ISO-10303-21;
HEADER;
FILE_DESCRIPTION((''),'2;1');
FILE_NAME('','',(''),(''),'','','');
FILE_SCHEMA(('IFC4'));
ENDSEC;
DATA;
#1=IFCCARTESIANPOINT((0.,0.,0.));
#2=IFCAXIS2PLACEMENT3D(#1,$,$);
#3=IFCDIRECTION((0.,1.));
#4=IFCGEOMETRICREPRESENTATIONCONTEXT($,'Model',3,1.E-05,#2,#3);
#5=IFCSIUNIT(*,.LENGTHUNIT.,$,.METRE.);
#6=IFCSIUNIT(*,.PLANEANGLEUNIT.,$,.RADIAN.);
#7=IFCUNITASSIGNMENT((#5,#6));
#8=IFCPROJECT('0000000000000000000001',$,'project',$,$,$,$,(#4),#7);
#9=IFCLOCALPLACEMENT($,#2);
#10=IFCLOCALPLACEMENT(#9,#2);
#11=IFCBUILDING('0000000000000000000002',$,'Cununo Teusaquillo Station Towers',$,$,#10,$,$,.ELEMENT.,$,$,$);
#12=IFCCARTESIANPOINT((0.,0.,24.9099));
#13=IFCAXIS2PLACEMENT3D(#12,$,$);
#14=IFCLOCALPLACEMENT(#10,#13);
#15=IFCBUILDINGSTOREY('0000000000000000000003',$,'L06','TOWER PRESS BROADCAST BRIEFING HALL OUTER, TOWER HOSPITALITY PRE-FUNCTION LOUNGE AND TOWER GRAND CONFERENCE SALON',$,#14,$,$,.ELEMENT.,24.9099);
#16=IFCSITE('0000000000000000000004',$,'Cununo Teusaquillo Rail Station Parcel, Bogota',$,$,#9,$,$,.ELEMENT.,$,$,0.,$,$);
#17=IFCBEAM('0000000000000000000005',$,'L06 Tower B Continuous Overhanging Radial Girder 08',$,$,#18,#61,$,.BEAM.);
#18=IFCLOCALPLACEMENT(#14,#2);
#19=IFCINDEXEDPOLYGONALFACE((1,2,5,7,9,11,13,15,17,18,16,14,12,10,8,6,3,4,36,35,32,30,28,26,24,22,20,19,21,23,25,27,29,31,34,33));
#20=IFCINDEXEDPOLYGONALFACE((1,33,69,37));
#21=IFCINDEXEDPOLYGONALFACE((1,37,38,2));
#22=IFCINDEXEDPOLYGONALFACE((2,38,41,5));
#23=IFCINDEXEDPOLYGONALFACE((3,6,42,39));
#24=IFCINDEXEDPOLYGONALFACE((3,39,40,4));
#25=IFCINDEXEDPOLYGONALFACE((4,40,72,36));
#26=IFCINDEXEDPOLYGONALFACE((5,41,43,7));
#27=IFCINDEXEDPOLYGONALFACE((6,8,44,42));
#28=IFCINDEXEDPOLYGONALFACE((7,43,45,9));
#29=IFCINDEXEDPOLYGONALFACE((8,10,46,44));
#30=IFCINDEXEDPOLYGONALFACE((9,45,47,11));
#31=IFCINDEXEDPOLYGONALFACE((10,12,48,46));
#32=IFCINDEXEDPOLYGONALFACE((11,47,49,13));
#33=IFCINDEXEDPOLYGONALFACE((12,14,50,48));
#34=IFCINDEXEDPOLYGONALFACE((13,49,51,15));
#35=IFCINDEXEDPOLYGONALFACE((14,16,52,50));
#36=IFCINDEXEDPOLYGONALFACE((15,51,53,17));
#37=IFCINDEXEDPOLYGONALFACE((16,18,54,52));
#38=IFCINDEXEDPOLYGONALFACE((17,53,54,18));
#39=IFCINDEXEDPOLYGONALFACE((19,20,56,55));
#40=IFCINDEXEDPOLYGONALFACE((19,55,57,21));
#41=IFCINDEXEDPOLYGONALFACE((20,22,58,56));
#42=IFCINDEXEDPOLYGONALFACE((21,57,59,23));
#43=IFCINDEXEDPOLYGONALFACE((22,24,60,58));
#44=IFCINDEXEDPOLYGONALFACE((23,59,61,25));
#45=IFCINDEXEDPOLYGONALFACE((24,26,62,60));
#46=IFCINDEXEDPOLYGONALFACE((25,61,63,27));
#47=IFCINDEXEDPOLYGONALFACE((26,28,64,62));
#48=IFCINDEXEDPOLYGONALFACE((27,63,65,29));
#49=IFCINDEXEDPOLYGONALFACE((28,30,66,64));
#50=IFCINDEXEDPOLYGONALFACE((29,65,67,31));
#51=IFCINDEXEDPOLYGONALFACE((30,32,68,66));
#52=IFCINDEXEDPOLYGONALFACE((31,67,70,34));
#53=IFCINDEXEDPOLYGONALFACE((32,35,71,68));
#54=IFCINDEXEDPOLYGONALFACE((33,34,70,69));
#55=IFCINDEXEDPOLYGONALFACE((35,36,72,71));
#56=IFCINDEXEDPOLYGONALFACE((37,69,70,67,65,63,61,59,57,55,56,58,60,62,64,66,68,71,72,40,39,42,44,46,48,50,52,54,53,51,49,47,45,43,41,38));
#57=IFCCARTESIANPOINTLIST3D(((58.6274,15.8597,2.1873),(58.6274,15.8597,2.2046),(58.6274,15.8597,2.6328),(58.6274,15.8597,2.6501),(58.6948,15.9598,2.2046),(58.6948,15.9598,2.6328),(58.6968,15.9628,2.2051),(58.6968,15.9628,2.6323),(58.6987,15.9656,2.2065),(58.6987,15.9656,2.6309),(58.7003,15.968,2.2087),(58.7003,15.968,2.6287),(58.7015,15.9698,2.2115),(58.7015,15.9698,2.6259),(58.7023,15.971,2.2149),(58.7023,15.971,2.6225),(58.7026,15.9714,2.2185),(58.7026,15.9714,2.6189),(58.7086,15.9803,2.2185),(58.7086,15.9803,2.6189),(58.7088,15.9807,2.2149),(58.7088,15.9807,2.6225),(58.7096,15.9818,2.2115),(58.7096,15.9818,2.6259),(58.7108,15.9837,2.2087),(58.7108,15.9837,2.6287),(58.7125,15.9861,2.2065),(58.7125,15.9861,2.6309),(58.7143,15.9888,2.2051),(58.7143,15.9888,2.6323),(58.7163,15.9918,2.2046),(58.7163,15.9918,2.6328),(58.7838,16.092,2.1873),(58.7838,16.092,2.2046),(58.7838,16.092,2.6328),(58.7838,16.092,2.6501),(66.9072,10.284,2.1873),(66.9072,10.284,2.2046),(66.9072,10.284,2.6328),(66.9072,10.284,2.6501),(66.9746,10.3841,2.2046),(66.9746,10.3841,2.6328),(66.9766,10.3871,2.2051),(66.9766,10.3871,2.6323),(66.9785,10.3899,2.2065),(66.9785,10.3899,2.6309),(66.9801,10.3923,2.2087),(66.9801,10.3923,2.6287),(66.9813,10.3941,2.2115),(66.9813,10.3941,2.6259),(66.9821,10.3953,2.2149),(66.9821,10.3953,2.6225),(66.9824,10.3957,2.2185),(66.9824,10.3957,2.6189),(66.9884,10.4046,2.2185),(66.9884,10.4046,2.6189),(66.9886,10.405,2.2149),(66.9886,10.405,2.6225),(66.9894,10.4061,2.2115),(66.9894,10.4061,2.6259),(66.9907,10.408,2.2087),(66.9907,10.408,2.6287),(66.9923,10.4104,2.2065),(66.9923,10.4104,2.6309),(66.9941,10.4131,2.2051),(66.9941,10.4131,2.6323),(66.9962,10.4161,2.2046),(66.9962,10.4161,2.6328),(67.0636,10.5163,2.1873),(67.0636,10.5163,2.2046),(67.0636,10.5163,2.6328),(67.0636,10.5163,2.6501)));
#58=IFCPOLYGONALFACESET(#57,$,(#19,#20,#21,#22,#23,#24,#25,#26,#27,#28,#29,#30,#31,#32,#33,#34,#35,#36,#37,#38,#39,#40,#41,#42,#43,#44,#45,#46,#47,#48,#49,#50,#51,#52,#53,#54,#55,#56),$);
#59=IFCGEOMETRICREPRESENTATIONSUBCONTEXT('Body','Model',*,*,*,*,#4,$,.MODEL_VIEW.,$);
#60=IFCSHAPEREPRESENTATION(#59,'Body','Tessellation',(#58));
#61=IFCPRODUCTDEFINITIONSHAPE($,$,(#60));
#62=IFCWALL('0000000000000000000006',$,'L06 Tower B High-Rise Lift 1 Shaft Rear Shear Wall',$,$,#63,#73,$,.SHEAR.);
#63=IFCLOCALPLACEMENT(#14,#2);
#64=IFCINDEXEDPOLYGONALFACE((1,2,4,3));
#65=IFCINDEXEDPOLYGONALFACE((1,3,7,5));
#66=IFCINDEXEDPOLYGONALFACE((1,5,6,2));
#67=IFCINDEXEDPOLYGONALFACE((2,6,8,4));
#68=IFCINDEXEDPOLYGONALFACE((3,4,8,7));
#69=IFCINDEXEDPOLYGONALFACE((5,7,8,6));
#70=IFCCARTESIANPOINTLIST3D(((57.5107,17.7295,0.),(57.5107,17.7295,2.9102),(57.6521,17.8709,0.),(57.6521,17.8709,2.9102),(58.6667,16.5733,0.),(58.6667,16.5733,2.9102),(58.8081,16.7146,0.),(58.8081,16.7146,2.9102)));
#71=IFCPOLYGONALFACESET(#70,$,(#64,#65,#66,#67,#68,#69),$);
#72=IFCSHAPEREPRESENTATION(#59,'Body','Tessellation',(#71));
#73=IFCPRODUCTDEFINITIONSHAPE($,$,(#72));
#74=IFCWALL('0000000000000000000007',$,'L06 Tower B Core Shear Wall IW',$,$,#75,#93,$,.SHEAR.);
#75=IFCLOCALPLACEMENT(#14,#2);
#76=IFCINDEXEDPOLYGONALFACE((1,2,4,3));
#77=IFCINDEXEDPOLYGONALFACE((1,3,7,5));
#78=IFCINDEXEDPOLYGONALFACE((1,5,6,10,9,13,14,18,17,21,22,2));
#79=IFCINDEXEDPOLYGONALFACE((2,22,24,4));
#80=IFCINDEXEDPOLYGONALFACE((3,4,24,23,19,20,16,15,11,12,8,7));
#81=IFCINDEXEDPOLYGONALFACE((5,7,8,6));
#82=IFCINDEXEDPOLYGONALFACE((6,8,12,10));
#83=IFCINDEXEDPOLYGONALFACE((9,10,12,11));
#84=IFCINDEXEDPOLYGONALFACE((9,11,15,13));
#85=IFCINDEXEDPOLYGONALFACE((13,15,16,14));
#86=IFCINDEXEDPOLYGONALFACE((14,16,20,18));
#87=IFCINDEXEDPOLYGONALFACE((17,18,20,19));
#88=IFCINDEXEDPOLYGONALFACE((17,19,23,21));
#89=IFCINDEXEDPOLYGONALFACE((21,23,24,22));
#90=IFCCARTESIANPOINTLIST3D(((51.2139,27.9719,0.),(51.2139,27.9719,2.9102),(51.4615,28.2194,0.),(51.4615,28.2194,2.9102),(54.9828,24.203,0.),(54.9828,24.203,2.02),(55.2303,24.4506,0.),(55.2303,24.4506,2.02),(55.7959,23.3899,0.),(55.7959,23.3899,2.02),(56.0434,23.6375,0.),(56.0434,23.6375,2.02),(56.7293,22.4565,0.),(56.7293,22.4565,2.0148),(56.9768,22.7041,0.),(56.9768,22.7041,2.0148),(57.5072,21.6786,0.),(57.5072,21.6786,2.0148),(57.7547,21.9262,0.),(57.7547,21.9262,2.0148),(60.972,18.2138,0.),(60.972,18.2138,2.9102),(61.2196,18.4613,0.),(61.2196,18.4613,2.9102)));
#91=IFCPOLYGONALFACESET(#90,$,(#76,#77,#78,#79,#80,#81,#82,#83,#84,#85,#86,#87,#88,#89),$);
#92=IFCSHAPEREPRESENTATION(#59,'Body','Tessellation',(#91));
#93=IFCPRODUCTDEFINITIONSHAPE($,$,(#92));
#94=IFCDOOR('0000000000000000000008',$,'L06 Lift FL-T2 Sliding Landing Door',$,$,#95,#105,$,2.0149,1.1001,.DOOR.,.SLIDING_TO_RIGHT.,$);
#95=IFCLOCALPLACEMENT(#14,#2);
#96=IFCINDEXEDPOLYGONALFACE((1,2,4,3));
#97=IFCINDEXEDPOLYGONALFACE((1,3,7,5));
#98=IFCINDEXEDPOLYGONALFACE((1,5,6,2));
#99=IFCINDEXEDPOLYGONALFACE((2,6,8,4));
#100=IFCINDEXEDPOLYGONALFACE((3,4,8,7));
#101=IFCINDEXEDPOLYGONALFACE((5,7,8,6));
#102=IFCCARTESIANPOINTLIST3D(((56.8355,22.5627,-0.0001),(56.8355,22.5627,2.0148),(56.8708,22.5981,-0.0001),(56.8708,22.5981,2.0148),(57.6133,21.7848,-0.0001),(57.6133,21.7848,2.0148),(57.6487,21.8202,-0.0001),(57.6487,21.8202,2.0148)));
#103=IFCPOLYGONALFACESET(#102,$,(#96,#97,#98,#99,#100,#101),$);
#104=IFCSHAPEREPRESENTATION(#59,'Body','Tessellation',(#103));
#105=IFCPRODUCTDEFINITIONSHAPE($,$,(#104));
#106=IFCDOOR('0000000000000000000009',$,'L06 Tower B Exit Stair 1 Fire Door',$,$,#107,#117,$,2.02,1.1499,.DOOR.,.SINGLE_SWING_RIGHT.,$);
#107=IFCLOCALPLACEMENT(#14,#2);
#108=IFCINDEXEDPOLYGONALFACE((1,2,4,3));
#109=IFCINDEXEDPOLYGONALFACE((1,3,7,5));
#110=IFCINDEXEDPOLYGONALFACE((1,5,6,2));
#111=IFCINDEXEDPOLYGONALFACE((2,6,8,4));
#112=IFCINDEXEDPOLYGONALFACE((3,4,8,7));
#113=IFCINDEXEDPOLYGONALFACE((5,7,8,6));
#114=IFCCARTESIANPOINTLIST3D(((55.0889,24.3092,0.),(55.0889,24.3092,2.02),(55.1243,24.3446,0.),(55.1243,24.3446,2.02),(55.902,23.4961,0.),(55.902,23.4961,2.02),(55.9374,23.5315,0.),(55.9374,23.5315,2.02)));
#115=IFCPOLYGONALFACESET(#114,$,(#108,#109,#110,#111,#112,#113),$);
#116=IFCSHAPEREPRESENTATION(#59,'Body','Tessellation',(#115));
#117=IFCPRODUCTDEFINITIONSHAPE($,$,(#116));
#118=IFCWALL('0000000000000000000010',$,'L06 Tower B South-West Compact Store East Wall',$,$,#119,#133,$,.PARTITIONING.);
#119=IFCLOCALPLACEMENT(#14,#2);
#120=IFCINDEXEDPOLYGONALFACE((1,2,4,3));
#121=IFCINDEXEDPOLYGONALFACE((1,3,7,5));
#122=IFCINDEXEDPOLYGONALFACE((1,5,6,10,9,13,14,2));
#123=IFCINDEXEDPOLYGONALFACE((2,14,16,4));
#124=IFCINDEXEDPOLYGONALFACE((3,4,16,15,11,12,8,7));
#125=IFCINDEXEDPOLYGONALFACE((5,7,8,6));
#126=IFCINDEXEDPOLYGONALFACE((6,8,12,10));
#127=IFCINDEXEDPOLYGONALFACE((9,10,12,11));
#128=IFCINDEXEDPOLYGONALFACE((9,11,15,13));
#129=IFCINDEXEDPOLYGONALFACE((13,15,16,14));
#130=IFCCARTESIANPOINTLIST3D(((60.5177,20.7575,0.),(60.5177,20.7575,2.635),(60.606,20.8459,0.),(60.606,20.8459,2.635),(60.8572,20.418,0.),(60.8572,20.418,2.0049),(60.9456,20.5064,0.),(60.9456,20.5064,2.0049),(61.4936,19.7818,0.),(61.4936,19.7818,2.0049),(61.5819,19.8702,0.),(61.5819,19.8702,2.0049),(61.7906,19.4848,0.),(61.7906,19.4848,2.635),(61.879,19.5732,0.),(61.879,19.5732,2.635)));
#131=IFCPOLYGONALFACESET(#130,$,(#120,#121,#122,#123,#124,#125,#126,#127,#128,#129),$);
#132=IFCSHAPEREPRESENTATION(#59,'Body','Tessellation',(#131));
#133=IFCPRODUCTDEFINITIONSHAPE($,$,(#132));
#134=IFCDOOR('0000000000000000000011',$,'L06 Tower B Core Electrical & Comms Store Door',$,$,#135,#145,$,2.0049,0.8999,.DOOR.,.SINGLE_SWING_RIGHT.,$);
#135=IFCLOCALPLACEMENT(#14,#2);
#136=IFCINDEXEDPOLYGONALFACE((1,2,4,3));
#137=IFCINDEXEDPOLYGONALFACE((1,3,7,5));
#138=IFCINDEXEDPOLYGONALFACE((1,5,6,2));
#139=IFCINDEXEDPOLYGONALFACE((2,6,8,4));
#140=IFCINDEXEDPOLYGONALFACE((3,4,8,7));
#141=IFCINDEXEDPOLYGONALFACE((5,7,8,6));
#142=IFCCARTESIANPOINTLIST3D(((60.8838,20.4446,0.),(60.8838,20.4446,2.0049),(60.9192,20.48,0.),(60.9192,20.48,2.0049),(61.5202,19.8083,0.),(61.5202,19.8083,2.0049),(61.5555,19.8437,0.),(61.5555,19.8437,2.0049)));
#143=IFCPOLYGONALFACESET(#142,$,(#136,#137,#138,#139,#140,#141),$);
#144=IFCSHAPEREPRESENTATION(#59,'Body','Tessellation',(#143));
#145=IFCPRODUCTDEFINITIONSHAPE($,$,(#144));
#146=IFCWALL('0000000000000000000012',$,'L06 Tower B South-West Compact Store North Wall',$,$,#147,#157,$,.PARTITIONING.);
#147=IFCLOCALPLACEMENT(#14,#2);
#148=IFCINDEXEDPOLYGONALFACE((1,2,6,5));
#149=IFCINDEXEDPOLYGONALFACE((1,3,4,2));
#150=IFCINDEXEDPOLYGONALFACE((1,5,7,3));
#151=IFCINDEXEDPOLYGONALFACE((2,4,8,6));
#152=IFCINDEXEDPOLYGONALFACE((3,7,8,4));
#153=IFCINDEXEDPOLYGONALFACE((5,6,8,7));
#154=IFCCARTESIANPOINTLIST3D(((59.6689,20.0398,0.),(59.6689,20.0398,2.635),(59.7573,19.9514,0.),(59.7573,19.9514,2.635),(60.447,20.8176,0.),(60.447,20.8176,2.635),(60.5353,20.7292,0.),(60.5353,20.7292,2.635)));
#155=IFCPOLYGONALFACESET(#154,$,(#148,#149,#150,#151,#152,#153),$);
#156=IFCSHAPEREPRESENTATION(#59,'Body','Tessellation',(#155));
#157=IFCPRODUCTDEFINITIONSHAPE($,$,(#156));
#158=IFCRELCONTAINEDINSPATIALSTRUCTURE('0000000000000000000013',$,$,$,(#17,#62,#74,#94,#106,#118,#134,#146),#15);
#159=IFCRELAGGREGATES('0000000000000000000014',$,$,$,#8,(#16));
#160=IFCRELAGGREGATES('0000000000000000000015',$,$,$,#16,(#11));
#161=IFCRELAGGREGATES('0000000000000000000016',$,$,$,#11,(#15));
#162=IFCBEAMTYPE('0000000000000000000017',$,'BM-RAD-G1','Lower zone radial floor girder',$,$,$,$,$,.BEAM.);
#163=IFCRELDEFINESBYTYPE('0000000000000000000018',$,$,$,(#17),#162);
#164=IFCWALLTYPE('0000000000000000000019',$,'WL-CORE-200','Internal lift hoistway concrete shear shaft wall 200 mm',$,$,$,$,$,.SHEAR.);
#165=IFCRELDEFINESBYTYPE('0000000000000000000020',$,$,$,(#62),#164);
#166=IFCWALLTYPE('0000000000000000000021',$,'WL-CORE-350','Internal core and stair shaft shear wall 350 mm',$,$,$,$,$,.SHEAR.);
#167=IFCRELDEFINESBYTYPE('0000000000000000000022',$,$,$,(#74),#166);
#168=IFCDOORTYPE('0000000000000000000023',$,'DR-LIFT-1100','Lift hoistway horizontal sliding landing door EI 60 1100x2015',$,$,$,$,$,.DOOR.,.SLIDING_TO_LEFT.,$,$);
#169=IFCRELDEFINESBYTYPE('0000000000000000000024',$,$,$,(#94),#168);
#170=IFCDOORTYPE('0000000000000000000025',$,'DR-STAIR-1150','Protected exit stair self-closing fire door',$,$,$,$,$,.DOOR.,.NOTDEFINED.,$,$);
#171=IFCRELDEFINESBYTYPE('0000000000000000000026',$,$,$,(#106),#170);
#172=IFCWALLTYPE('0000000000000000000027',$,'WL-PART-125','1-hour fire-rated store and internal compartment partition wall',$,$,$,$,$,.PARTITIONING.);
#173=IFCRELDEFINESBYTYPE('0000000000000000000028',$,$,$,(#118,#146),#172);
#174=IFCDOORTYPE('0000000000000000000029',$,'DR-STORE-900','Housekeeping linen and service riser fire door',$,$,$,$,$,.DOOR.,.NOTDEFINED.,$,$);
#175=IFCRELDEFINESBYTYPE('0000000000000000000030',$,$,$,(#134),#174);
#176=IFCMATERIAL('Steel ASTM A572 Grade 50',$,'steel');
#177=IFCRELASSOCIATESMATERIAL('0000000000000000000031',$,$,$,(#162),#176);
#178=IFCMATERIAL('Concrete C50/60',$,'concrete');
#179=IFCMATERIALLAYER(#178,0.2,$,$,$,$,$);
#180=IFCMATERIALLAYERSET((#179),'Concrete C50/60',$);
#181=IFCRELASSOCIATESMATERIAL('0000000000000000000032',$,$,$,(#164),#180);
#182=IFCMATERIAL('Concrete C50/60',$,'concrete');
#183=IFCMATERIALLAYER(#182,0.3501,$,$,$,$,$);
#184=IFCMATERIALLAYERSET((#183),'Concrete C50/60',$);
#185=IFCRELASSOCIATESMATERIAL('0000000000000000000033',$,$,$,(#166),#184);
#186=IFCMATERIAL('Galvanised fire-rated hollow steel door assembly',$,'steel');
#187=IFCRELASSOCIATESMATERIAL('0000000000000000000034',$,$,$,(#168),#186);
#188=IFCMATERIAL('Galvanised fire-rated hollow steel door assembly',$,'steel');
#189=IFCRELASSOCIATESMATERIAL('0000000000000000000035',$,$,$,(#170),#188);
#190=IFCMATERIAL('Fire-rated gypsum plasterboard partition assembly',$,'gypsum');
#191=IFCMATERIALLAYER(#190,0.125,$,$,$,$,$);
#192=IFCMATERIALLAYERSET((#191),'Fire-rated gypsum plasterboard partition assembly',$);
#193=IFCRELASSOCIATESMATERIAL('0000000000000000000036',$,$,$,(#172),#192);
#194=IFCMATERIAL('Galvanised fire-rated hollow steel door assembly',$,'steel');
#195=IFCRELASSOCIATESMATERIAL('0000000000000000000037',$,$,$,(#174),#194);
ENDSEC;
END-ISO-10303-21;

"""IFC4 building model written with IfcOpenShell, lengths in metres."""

from ifc_helpers import new_model, si_unit, direction, frame, frame_2d, origin, origin_2d, place, context, subcontext, project, spatial, rectangle, i_section, extrude, source, transform, mapped, material, layer, layer_set, material_profile, profile_set, type_object, element, fill, save


model = new_model("IFC4")

# Units and contexts
model_context = context("Model", 3, precision=1e-05, world=origin(), true_north=direction((0.0, 1.0)))
body_context = subcontext(model_context, "Body", "Model", "MODEL_VIEW")
ifc_project = project(units=[si_unit("LENGTHUNIT", "METRE"), si_unit("PLANEANGLEUNIT", "RADIAN")], contexts=[model_context])

# Site, building, storey
site_placement = place(None, origin())
site = spatial("IfcSite", under=ifc_project, at=site_placement, Name="Cununo Teusaquillo Rail Station Parcel, Bogota", CompositionType="ELEMENT", RefElevation=0.0)
building_placement = place(site_placement, origin())
building = spatial("IfcBuilding", under=site, at=building_placement, Name="Cununo Teusaquillo Station Towers", CompositionType="ELEMENT")
storey_placement = place(building_placement, frame((0.0, 0.0, 24.9099)))
storey = spatial("IfcBuildingStorey", under=building, at=storey_placement, Name="L06", Description="TOWER PRESS BROADCAST BRIEFING HALL OUTER, TOWER HOSPITALITY PRE-FUNCTION LOUNGE AND TOWER GRAND CONFERENCE SALON", CompositionType="ELEMENT", Elevation=24.9099)

# Beam
ifc_material_1 = material(Name="Steel ASTM A572 Grade 50", Category="steel")
ifc_material_profile_1 = material_profile(ifc_material_1, i_section(OverallWidth=0.28, OverallDepth=0.4629, WebThickness=0.0107, FlangeThickness=0.0173, FilletRadius=0.0139, at=origin_2d()), Name="W18X76")
ifc_profile_set_1 = profile_set([ifc_material_profile_1], Name="Steel ASTM A572 Grade 50")
beam_type_1 = type_object("IfcBeamType", Name="BM-RAD-G1", Description="Lower zone radial floor girder", PredefinedType="BEAM", material=ifc_profile_set_1)
beam_1_placement = place(storey_placement, frame((58.7056, 15.9758, 2.4187), z_axis=(0.82946, -0.558566, 0.0), x_axis=(0.558566, 0.82946, 0.0)))
element("IfcBeam", 1, at=beam_1_placement, inside=storey, type_object=beam_type_1, Name="L06 Tower B Continuous Overhanging Radial Girder 08", PredefinedType="BEAM", context=body_context, shape_type="SweptSolid", body=[
    extrude(i_section(OverallWidth=0.28, OverallDepth=0.4629, WebThickness=0.0107, FlangeThickness=0.0173, FilletRadius=0.0139, at=origin_2d()), origin(), (0.0, 0.0, 1.0), 9.9822),
])

# Wall
ifc_material_2 = material(Name="Concrete C50/60", Category="concrete")
ifc_layer_1 = layer(ifc_material_2, 0.2)
ifc_layer_set_1 = layer_set([ifc_layer_1], Name="Concrete C50/60")
wall_type_1 = type_object("IfcWallType", Name="WL-CORE-200", Description="Internal lift hoistway concrete shear shaft wall 200 mm", PredefinedType="SHEAR", material=ifc_layer_set_1)
wall_1_placement = place(storey_placement, frame((58.7373, 16.644, 0.0), z_axis=(0.0, 0.0, 1.0), x_axis=(-0.707032, 0.707181, 0.0)))
element("IfcWall", 2, at=wall_1_placement, inside=storey, type_object=wall_type_1, Name="L06 Tower B High-Rise Lift 1 Shaft Rear Shear Wall", PredefinedType="SHEAR", context=body_context, shape_type="SweptSolid", body=[
    extrude(rectangle(XDim=1.635, YDim=0.2, at=frame_2d((0.8174, 0.0))), origin(), (0.0, 0.0, 1.0), 2.9102),
])

# Wall, openings, doors
ifc_material_3 = material(Name="Concrete C50/60", Category="concrete")
ifc_layer_2 = layer(ifc_material_3, 0.3501)
ifc_layer_set_2 = layer_set([ifc_layer_2], Name="Concrete C50/60")
wall_type_2 = type_object("IfcWallType", Name="WL-CORE-350", Description="Internal core and stair shaft shear wall 350 mm", PredefinedType="SHEAR", material=ifc_layer_set_2)
wall_2_placement = place(storey_placement, frame((61.0957, 18.3376, 0.0), z_axis=(0.0, 0.0, 1.0), x_axis=(-0.707107, 0.707107, 0.0)))
wall_2 = element("IfcWall", 3, at=wall_2_placement, inside=storey, type_object=wall_type_2, Name="L06 Tower B Core Shear Wall IW", PredefinedType="SHEAR", context=body_context, shape_type="SweptSolid", body=[
    extrude(rectangle(XDim=13.8, YDim=0.3501, at=frame_2d((6.8999, 0.0))), origin(), (0.0, 0.0, 1.0), 2.9102),
])
shared_shape_1 = source(origin(), body_context, "Body", "SweptSolid", [
    extrude(rectangle(XDim=1.1001, YDim=2.0149, at=frame_2d((0.55, 1.0073))), frame((0.0, 0.1851, 0.0), z_axis=(0.0, -1.0, 0.0), x_axis=(1.0, 0.0, 0.0)), (0.0, 0.0, 1.0), 0.3701),
])
opening_1_placement = place(wall_2_placement, frame((4.8999, 0.0, 0.0)))
opening_1 = element("IfcOpeningElement", 4, at=opening_1_placement, cuts=wall_2, PredefinedType="OPENING", context=body_context, shape_type="MappedRepresentation", body=[
    mapped(shared_shape_1, transform((0.0, 0.0, 0.0), x_axis=(1.0, 0.0, 0.0), y_axis=(0.0, 1.0, 0.0), z_axis=(0.0, 0.0, 1.0), scale=1.0)),
])
shared_shape_2 = source(origin(), body_context, "Body", "SweptSolid", [
    extrude(rectangle(XDim=1.1499, YDim=2.02, at=frame_2d((0.575, 1.01))), frame((0.0, 0.1851, 0.0), z_axis=(0.0, -1.0, 0.0), x_axis=(1.0, 0.0, 0.0)), (0.0, 0.0, 1.0), 0.3701),
])
opening_2_placement = place(wall_2_placement, frame((7.3201, 0.0, 0.0)))
opening_2 = element("IfcOpeningElement", 5, at=opening_2_placement, cuts=wall_2, PredefinedType="OPENING", context=body_context, shape_type="MappedRepresentation", body=[
    mapped(shared_shape_2, transform((0.0, 0.0, 0.0), x_axis=(1.0, 0.0, 0.0), y_axis=(0.0, 1.0, 0.0), z_axis=(0.0, 0.0, 1.0), scale=1.0)),
])
ifc_material_4 = material(Name="Galvanised fire-rated hollow steel door assembly", Category="steel")
door_type_1 = type_object("IfcDoorType", Name="DR-LIFT-1100", Description="Lift hoistway horizontal sliding landing door EI 60 1100x2015", OperationType="SLIDING_TO_LEFT", PredefinedType="DOOR", material=ifc_material_4)
shared_shape_3 = source(origin(), body_context, "Body", "SweptSolid", [
    extrude(rectangle(XDim=1.1001, YDim=2.0149, at=frame_2d((0.55, 1.0073))), frame((0.0, 0.0249, 0.0), z_axis=(0.0, -1.0, 0.0), x_axis=(1.0, 0.0, 0.0)), (0.0, 0.0, 1.0), 0.05),
])
door_1_placement = place(opening_1_placement, origin())
door_1 = element("IfcDoor", 6, at=door_1_placement, inside=storey, type_object=door_type_1, Name="L06 Lift FL-T2 Sliding Landing Door", OperationType="SLIDING_TO_RIGHT", OverallHeight=2.0149, OverallWidth=1.1001, PredefinedType="DOOR", context=body_context, shape_type="MappedRepresentation", body=[
    mapped(shared_shape_3, transform((0.0, 0.0, 0.0), x_axis=(1.0, 0.0, 0.0), y_axis=(0.0, 1.0, 0.0), z_axis=(0.0, 0.0, 1.0), scale=1.0)),
])
fill(opening_1, door_1)
ifc_material_5 = material(Name="Galvanised fire-rated hollow steel door assembly", Category="steel")
door_type_2 = type_object("IfcDoorType", Name="DR-STAIR-1150", Description="Protected exit stair self-closing fire door", OperationType="NOTDEFINED", PredefinedType="DOOR", material=ifc_material_5)
shared_shape_4 = source(origin(), body_context, "Body", "SweptSolid", [
    extrude(rectangle(XDim=1.1499, YDim=2.02, at=frame_2d((0.575, 1.01))), frame((0.0, 0.0249, 0.0), z_axis=(0.0, -1.0, 0.0), x_axis=(1.0, 0.0, 0.0)), (0.0, 0.0, 1.0), 0.05),
])
door_2_placement = place(opening_2_placement, origin())
door_2 = element("IfcDoor", 7, at=door_2_placement, inside=storey, type_object=door_type_2, Name="L06 Tower B Exit Stair 1 Fire Door", OperationType="SINGLE_SWING_RIGHT", OverallHeight=2.02, OverallWidth=1.1499, PredefinedType="DOOR", context=body_context, shape_type="MappedRepresentation", body=[
    mapped(shared_shape_4, transform((0.0, 0.0, 0.0), x_axis=(1.0, 0.0, 0.0), y_axis=(0.0, 1.0, 0.0), z_axis=(0.0, 0.0, 1.0), scale=1.0)),
])
fill(opening_2, door_2)

# Wall, opening, door
ifc_material_6 = material(Name="Fire-rated gypsum plasterboard partition assembly", Category="gypsum")
ifc_layer_3 = layer(ifc_material_6, 0.125)
ifc_layer_set_3 = layer_set([ifc_layer_3], Name="Fire-rated gypsum plasterboard partition assembly")
wall_type_3 = type_object("IfcWallType", Name="WL-PART-125", Description="1-hour fire-rated store and internal compartment partition wall", PredefinedType="PARTITIONING", material=ifc_layer_set_3)
wall_3_placement = place(storey_placement, frame((61.8347, 19.5291, 0.0), z_axis=(0.0, 0.0, 1.0), x_axis=(-0.707175, 0.707039, 0.0)))
wall_3 = element("IfcWall", 8, at=wall_3_placement, inside=storey, type_object=wall_type_3, Name="L06 Tower B South-West Compact Store East Wall", PredefinedType="PARTITIONING", context=body_context, shape_type="SweptSolid", body=[
    extrude(rectangle(XDim=1.8, YDim=0.125, at=frame_2d((0.8999, 0.0))), origin(), (0.0, 0.0, 1.0), 2.635),
])
shared_shape_5 = source(origin(), body_context, "Body", "SweptSolid", [
    extrude(rectangle(XDim=0.8999, YDim=2.0049, at=frame_2d((0.45, 1.0024))), frame((0.0, 0.0725, 0.0), z_axis=(0.0, -1.0, 0.0), x_axis=(1.0, 0.0, 0.0)), (0.0, 0.0, 1.0), 0.145),
])
opening_3_placement = place(wall_3_placement, frame((0.4199, 0.0, 0.0)))
opening_3 = element("IfcOpeningElement", 9, at=opening_3_placement, cuts=wall_3, PredefinedType="OPENING", context=body_context, shape_type="MappedRepresentation", body=[
    mapped(shared_shape_5, transform((0.0, 0.0, 0.0), x_axis=(1.0, 0.0, 0.0), y_axis=(0.0, 1.0, 0.0), z_axis=(0.0, 0.0, 1.0), scale=1.0)),
])
ifc_material_7 = material(Name="Galvanised fire-rated hollow steel door assembly", Category="steel")
door_type_3 = type_object("IfcDoorType", Name="DR-STORE-900", Description="Housekeeping linen and service riser fire door", OperationType="NOTDEFINED", PredefinedType="DOOR", material=ifc_material_7)
shared_shape_6 = source(origin(), body_context, "Body", "SweptSolid", [
    extrude(rectangle(XDim=0.8999, YDim=2.0049, at=frame_2d((0.45, 1.0024))), frame((0.0, 0.0249, 0.0), z_axis=(0.0, -1.0, 0.0), x_axis=(1.0, 0.0, 0.0)), (0.0, 0.0, 1.0), 0.05),
])
door_3_placement = place(opening_3_placement, origin())
door_3 = element("IfcDoor", 10, at=door_3_placement, inside=storey, type_object=door_type_3, Name="L06 Tower B Core Electrical & Comms Store Door", OperationType="SINGLE_SWING_RIGHT", OverallHeight=2.0049, OverallWidth=0.8999, PredefinedType="DOOR", context=body_context, shape_type="MappedRepresentation", body=[
    mapped(shared_shape_6, transform((0.0, 0.0, 0.0), x_axis=(1.0, 0.0, 0.0), y_axis=(0.0, 1.0, 0.0), z_axis=(0.0, 0.0, 1.0), scale=1.0)),
])
fill(opening_3, door_3)

# Wall
wall_4_placement = place(storey_placement, frame((59.7131, 19.9956, 0.0), z_axis=(0.0, 0.0, 1.0), x_axis=(0.707218, 0.706996, 0.0)))
element("IfcWall", 11, at=wall_4_placement, inside=storey, type_object=wall_type_3, Name="L06 Tower B South-West Compact Store North Wall", PredefinedType="PARTITIONING", context=body_context, shape_type="SweptSolid", body=[
    extrude(rectangle(XDim=1.1001, YDim=0.125, at=frame_2d((0.55, 0.0))), origin(), (0.0, 0.0, 1.0), 2.635),
])

save(model, "model.ifc")
